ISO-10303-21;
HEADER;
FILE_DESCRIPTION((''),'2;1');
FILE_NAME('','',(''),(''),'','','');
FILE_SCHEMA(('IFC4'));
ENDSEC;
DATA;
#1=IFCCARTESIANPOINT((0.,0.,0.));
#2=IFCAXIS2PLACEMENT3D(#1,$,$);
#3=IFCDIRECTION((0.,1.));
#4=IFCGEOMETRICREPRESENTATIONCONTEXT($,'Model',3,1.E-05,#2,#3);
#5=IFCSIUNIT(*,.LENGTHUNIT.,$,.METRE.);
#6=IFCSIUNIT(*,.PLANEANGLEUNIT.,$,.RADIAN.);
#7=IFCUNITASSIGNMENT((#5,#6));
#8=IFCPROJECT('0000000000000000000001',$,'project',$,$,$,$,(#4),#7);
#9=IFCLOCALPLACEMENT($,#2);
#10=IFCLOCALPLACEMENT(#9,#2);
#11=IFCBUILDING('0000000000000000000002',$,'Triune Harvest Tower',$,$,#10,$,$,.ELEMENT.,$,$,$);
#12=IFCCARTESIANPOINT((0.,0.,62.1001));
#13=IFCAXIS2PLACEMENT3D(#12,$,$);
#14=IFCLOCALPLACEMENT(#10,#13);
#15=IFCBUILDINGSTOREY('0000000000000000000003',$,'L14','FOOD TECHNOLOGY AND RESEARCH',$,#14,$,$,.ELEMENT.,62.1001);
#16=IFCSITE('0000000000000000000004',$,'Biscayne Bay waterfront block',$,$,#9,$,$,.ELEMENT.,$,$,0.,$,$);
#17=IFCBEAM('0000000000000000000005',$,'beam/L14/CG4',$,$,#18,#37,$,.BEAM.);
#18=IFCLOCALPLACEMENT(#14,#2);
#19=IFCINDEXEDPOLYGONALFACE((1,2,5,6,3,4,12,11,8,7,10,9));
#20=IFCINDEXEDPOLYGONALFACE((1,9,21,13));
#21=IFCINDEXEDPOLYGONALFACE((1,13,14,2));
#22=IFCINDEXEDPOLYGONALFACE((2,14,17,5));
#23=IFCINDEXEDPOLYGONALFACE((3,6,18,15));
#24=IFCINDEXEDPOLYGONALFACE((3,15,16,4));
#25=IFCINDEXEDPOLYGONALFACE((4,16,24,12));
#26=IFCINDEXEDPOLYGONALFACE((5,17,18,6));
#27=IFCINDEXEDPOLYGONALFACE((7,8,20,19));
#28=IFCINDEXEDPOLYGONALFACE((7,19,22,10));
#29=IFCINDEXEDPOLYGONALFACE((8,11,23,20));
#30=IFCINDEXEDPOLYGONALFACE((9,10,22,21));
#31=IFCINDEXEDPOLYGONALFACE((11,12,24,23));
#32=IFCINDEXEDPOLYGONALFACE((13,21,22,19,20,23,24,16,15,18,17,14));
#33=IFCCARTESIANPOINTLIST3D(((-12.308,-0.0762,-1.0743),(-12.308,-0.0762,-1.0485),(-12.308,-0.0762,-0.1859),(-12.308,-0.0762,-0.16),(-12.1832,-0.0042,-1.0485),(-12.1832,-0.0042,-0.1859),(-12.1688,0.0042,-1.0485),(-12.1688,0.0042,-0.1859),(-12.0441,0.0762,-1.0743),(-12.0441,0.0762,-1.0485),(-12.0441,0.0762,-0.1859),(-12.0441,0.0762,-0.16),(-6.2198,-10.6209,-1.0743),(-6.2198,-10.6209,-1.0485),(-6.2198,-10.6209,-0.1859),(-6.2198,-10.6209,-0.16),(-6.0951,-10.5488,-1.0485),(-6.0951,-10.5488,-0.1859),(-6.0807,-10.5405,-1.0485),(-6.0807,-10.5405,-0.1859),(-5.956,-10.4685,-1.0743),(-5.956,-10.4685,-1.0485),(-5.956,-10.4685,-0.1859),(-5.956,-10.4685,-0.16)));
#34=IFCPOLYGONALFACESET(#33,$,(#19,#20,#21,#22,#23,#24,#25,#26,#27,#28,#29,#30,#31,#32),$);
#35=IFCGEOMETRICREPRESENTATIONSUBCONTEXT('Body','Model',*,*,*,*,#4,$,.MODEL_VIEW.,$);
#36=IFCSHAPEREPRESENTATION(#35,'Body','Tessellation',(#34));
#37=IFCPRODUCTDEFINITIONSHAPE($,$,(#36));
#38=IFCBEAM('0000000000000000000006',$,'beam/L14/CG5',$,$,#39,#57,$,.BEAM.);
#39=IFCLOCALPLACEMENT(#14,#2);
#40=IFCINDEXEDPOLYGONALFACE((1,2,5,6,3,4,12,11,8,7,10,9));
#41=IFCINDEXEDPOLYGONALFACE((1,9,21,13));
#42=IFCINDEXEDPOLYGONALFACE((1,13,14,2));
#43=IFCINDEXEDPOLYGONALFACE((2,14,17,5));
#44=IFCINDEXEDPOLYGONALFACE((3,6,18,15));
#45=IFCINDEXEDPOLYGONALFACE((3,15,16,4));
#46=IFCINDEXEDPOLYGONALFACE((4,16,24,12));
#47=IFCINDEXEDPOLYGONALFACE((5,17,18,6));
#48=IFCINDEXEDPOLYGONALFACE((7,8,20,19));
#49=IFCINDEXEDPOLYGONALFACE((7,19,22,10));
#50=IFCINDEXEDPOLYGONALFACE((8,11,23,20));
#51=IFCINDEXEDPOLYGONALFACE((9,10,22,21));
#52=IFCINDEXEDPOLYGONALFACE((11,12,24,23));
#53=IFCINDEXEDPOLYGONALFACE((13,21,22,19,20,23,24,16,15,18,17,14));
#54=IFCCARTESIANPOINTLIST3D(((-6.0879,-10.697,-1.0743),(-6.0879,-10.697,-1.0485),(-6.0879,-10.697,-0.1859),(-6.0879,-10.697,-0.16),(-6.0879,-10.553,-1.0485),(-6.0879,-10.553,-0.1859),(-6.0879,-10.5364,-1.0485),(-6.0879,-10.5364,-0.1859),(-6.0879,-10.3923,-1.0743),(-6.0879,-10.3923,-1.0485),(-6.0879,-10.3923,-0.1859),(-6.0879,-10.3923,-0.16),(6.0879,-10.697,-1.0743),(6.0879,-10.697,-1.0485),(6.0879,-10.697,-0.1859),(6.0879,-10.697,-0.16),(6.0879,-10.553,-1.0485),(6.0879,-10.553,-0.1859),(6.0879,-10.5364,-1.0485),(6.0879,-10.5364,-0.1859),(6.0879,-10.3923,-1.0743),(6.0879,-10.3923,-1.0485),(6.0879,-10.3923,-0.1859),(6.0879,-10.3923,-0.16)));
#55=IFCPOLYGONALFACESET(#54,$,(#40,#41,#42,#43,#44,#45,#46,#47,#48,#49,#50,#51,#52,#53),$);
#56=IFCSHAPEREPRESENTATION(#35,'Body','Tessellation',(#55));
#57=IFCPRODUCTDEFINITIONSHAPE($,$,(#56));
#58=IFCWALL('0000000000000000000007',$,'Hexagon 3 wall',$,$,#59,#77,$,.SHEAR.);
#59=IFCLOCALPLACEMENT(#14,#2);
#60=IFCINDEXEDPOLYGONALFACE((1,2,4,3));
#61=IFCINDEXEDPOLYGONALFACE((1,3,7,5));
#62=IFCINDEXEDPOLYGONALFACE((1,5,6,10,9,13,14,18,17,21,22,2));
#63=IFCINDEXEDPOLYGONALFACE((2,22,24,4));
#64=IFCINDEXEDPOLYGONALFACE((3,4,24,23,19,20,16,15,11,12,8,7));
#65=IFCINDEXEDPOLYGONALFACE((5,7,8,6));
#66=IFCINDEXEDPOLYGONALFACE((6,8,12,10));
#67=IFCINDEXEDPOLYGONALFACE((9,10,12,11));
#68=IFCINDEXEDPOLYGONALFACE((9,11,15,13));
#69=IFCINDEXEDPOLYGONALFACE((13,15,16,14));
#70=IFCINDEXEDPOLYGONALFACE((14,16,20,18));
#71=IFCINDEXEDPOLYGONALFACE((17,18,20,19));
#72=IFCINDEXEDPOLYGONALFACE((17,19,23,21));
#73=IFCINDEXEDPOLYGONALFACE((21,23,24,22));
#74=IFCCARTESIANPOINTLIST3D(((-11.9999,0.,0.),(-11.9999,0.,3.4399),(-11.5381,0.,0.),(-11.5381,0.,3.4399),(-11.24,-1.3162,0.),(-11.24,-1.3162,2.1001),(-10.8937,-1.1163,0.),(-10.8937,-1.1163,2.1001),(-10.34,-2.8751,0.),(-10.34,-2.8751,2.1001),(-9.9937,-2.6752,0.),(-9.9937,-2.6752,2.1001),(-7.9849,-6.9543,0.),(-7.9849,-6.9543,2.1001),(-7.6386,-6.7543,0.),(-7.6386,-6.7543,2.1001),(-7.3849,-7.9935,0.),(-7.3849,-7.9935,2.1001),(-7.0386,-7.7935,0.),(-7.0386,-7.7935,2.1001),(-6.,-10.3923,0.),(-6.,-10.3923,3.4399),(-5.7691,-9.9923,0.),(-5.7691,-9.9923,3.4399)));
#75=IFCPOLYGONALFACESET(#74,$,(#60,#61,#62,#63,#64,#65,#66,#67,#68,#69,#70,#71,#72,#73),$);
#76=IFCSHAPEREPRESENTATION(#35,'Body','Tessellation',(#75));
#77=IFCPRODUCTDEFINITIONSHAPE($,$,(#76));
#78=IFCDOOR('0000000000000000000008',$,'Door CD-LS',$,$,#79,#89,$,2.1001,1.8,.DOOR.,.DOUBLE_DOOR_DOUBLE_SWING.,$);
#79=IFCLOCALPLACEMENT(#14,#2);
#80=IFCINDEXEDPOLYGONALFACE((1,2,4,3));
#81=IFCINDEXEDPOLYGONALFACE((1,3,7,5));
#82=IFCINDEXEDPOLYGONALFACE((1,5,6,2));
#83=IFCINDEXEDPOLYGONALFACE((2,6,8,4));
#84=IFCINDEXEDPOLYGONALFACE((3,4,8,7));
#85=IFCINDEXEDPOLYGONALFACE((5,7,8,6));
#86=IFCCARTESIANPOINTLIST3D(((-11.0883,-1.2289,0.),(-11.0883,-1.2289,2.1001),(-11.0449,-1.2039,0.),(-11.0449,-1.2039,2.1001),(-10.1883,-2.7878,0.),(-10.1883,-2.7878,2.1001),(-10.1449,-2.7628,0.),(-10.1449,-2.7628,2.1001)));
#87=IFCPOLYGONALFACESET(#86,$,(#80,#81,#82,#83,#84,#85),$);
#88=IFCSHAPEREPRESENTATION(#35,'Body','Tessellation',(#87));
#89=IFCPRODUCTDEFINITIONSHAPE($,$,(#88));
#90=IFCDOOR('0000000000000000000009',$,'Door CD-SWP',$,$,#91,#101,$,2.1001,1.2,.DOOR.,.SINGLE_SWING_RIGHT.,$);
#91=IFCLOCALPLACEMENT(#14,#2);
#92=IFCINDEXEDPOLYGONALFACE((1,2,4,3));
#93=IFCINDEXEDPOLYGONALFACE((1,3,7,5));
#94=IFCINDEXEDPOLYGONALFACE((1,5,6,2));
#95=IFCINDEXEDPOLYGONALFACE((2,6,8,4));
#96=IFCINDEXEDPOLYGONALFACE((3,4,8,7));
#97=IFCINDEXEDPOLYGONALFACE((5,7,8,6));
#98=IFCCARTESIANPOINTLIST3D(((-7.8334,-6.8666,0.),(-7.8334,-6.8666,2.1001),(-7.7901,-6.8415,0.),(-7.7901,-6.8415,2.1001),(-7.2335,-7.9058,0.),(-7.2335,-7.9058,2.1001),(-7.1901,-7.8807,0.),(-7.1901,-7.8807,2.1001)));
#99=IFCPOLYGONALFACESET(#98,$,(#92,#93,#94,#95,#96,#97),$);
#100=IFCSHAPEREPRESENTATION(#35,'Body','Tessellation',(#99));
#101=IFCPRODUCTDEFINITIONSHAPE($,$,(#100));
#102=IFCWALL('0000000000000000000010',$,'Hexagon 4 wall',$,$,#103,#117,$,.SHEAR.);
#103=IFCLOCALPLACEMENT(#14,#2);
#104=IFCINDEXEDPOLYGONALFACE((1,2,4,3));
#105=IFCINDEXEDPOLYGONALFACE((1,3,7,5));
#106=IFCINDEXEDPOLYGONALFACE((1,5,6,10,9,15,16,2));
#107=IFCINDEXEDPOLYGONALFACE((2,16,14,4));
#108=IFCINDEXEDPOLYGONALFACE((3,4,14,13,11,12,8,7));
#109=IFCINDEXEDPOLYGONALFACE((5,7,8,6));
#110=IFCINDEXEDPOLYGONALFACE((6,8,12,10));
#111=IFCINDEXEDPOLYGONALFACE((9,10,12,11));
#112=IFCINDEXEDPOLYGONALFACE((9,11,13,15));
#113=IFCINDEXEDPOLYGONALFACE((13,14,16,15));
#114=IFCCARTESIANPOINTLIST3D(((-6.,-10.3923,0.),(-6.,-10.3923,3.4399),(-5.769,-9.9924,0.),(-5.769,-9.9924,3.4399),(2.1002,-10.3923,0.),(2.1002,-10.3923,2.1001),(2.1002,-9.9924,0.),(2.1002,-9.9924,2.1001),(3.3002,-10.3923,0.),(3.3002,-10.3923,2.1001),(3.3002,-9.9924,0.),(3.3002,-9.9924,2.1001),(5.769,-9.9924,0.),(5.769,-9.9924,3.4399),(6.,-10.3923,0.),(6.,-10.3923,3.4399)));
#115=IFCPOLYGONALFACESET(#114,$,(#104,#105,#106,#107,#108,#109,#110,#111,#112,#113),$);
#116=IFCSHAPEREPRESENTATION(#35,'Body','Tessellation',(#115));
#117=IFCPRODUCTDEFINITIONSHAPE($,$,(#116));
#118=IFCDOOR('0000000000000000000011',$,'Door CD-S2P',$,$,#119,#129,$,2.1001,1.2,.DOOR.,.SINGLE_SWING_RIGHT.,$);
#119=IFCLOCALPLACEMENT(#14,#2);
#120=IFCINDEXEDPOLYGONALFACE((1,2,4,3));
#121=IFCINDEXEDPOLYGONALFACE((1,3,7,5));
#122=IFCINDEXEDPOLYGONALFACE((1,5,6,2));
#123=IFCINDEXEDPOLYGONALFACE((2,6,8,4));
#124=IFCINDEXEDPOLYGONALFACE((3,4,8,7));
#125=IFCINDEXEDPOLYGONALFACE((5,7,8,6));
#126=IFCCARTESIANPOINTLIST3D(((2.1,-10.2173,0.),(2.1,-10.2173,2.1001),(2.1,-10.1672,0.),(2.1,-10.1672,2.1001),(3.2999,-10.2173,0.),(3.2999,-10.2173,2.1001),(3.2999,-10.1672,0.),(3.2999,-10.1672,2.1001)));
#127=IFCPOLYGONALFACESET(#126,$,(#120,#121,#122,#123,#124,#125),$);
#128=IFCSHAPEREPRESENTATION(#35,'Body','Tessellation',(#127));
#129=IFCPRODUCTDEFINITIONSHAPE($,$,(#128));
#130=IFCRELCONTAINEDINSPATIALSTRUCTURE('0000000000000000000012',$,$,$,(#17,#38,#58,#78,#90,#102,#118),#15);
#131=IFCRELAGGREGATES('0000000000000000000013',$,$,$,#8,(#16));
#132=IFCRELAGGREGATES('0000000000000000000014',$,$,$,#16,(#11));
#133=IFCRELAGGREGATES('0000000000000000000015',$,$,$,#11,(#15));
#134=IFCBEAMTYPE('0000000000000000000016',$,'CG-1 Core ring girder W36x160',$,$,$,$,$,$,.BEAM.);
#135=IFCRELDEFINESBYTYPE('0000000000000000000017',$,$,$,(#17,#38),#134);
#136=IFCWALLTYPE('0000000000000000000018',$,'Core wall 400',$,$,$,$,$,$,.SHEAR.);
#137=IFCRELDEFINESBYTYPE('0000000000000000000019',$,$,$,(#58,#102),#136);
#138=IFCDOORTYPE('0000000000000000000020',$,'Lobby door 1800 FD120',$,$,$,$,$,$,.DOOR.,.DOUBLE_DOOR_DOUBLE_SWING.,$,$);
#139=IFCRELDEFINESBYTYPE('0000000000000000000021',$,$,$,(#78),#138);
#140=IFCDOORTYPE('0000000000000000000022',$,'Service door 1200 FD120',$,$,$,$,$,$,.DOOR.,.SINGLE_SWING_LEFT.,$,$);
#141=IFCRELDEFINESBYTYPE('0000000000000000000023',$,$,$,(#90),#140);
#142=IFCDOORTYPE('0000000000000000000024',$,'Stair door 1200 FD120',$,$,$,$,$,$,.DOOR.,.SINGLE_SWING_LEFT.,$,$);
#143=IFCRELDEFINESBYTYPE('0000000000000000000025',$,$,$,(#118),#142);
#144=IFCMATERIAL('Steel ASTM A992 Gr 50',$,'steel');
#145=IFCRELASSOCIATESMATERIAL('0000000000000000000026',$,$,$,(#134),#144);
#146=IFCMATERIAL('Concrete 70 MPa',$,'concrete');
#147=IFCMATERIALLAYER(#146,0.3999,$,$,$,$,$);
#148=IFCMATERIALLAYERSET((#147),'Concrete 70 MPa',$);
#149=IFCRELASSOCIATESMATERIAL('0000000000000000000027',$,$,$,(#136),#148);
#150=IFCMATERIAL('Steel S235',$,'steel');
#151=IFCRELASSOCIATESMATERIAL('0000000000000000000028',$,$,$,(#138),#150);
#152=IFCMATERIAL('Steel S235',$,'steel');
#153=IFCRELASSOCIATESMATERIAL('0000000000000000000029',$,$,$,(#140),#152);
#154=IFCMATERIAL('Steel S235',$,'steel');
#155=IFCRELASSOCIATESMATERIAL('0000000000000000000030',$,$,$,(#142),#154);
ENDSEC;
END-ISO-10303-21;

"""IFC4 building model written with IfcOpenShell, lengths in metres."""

from ifc_helpers import new_model, si_unit, direction, frame, frame_2d, origin, origin_2d, place, context, subcontext, project, spatial, polyline, rectangle, i_section, outline, extrude, source, transform, mapped, material, layer, layer_set, material_profile, profile_set, type_object, element, fill, save


model = new_model("IFC4")

# Units and contexts
model_context = context("Model", 3, precision=1e-05, world=origin(), true_north=direction((0.0, 1.0)))
body_context = subcontext(model_context, "Body", "Model", "MODEL_VIEW")
ifc_project = project(units=[si_unit("LENGTHUNIT", "METRE"), si_unit("PLANEANGLEUNIT", "RADIAN")], contexts=[model_context])

# Site, building, storey
site_placement = place(None, origin())
site = spatial("IfcSite", under=ifc_project, at=site_placement, Name="Biscayne Bay waterfront block", CompositionType="ELEMENT", RefElevation=0.0)
building_placement = place(site_placement, origin())
building = spatial("IfcBuilding", under=site, at=building_placement, Name="Triune Harvest Tower", CompositionType="ELEMENT")
storey_placement = place(building_placement, frame((0.0, 0.0, 62.1001)))
storey = spatial("IfcBuildingStorey", under=building, at=storey_placement, Name="L14", Description="FOOD TECHNOLOGY AND RESEARCH", CompositionType="ELEMENT", Elevation=62.1001)

# Beams
ifc_material_1 = material(Name="Steel ASTM A992 Gr 50", Category="steel")
ifc_material_profile = material_profile(ifc_material_1, i_section(OverallWidth=0.3047, OverallDepth=0.9143, WebThickness=0.0166, FlangeThickness=0.0259, at=origin_2d()), Name="W36x160")
ifc_profile_set = profile_set([ifc_material_profile], Name="Steel ASTM A992 Gr 50")
beam_type = type_object("IfcBeamType", Name="CG-1 Core ring girder W36x160", PredefinedType="BEAM", material=ifc_profile_set)
shared_shape_1 = source(origin(), body_context, "Body", "SweptSolid", [
    extrude(i_section(OverallWidth=0.3047, OverallDepth=0.9143, WebThickness=0.0166, FlangeThickness=0.0259, at=origin_2d()), origin(), (0.0, 0.0, 1.0), 12.176),
])
beam_1_placement = place(storey_placement, frame((-12.176, 0.0, -0.6172), z_axis=(0.50001, -0.86602, 0.0), x_axis=(0.86602, 0.50001, 0.0)))
element("IfcBeam", 1, at=beam_1_placement, inside=storey, type_object=beam_type, Name="beam/L14/CG4", PredefinedType="BEAM", context=body_context, shape_type="MappedRepresentation", body=[
    mapped(shared_shape_1, transform((0.0, 0.0, 0.0), scale=1.0)),
])
shared_shape_2 = source(origin(), body_context, "Body", "SweptSolid", [
    extrude(i_section(OverallWidth=0.3047, OverallDepth=0.9143, WebThickness=0.0166, FlangeThickness=0.0259, at=origin_2d()), origin(), (0.0, 0.0, 1.0), 12.1758),
])
beam_2_placement = place(storey_placement, frame((-6.0879, -10.5447, -0.6172), z_axis=(1.0, 0.0, 0.0), x_axis=(0.0, 1.0, 0.0)))
element("IfcBeam", 2, at=beam_2_placement, inside=storey, type_object=beam_type, Name="beam/L14/CG5", PredefinedType="BEAM", context=body_context, shape_type="MappedRepresentation", body=[
    mapped(shared_shape_2, transform((0.0, 0.0, 0.0), scale=1.0)),
])

# Wall, openings, doors
ifc_material_2 = material(Name="Concrete 70 MPa", Category="concrete")
ifc_layer_1 = layer(ifc_material_2, 0.3999)
ifc_layer_set_1 = layer_set([ifc_layer_1], Name="Concrete 70 MPa")
wall_type_1 = type_object("IfcWallType", Name="Core wall 400", PredefinedType="SHEAR", material=ifc_layer_set_1)
shared_shape_3 = source(origin(), body_context, "Body", "SweptSolid", [
    extrude(outline(polyline([(-0.1155, -0.2), (11.8845, -0.2), (11.6536, 0.2), (0.1155, 0.2), (-0.1155, -0.2)])), origin(), (0.0, 0.0, 1.0), 3.4399),
])
wall_1_placement = place(storey_placement, frame((-11.769, 0.0, 0.0), z_axis=(0.0, 0.0, 1.0), x_axis=(0.499997, -0.866027, 0.0)))
wall_1 = element("IfcWall", 3, at=wall_1_placement, inside=storey, type_object=wall_type_1, Name="Hexagon 3 wall", PredefinedType="SHEAR", context=body_context, shape_type="MappedRepresentation", body=[
    mapped(shared_shape_3, transform((0.0, 0.0, 0.0), scale=1.0)),
])
opening_1_placement = place(wall_1_placement, frame((1.4045, 0.0, 0.0)))
opening_1 = element("IfcOpeningElement", 4, at=opening_1_placement, cuts=wall_1, PredefinedType="OPENING", context=body_context, shape_type="SweptSolid", body=[
    extrude(rectangle(XDim=1.8, YDim=2.1001, at=frame_2d((0.8999, 1.05))), frame((0.0, 0.21, 0.0), z_axis=(0.0, -1.0, 0.0), x_axis=(1.0, 0.0, 0.0)), (0.0, 0.0, 1.0), 0.4199),
])
opening_2_placement = place(wall_1_placement, frame((7.9146, 0.0, 0.0)))
opening_2 = element("IfcOpeningElement", 5, at=opening_2_placement, cuts=wall_1, PredefinedType="OPENING", context=body_context, shape_type="SweptSolid", body=[
    extrude(rectangle(XDim=1.2, YDim=2.1001, at=frame_2d((0.6001, 1.05))), frame((0.0, 0.21, 0.0), z_axis=(0.0, -1.0, 0.0), x_axis=(1.0, 0.0, 0.0)), (0.0, 0.0, 1.0), 0.4199),
])
ifc_material_3 = material(Name="Steel S235", Category="steel")
door_type_1 = type_object("IfcDoorType", Name="Lobby door 1800 FD120", OperationType="DOUBLE_DOOR_DOUBLE_SWING", PredefinedType="DOOR", material=ifc_material_3)
door_1_placement = place(opening_1_placement, frame((1.8, 0.0, 0.0), z_axis=(0.0, 0.0, 1.0), x_axis=(-1.0, 0.0, 0.0)))
door_1 = element("IfcDoor", 6, at=door_1_placement, inside=storey, type_object=door_type_1, Name="Door CD-LS", OperationType="DOUBLE_DOOR_DOUBLE_SWING", OverallHeight=2.1001, OverallWidth=1.8, PredefinedType="DOOR", context=body_context, shape_type="SweptSolid", body=[
    extrude(rectangle(XDim=1.8, YDim=2.1001, at=frame_2d((0.8999, 1.05))), frame((0.0, 0.0249, 0.0), z_axis=(0.0, -1.0, 0.0), x_axis=(1.0, 0.0, 0.0)), (0.0, 0.0, 1.0), 0.05),
])
fill(opening_1, door_1)
ifc_material_4 = material(Name="Steel S235", Category="steel")
door_type_2 = type_object("IfcDoorType", Name="Service door 1200 FD120", OperationType="SINGLE_SWING_LEFT", PredefinedType="DOOR", material=ifc_material_4)
door_2_placement = place(opening_2_placement, frame((1.2, 0.0, 0.0), z_axis=(0.0, 0.0, 1.0), x_axis=(-1.0, 0.0, 0.0)))
door_2 = element("IfcDoor", 7, at=door_2_placement, inside=storey, type_object=door_type_2, Name="Door CD-SWP", OperationType="SINGLE_SWING_RIGHT", OverallHeight=2.1001, OverallWidth=1.2, PredefinedType="DOOR", context=body_context, shape_type="SweptSolid", body=[
    extrude(rectangle(XDim=1.2, YDim=2.1001, at=frame_2d((0.6001, 1.05))), frame((0.0, 0.0249, 0.0), z_axis=(0.0, -1.0, 0.0), x_axis=(1.0, 0.0, 0.0)), (0.0, 0.0, 1.0), 0.05),
])
fill(opening_2, door_2)

# Wall, opening, door
wall_2_placement = place(storey_placement, frame((-5.8845, -10.1924, 0.0), z_axis=(0.0, 0.0, 1.0), x_axis=(1.0, 0.0, 0.0)))
wall_2 = element("IfcWall", 8, at=wall_2_placement, inside=storey, type_object=wall_type_1, Name="Hexagon 4 wall", PredefinedType="SHEAR", context=body_context, shape_type="MappedRepresentation", body=[
    mapped(shared_shape_3, transform((0.0, 0.0, 0.0), scale=1.0)),
])
opening_3_placement = place(wall_2_placement, frame((7.9846, 0.0, 0.0)))
opening_3 = element("IfcOpeningElement", 9, at=opening_3_placement, cuts=wall_2, PredefinedType="OPENING", context=body_context, shape_type="SweptSolid", body=[
    extrude(rectangle(XDim=1.2, YDim=2.1001, at=frame_2d((0.6001, 1.05))), frame((0.0, 0.21, 0.0), z_axis=(0.0, -1.0, 0.0), x_axis=(1.0, 0.0, 0.0)), (0.0, 0.0, 1.0), 0.4199),
])
ifc_material_5 = material(Name="Steel S235", Category="steel")
door_type_3 = type_object("IfcDoorType", Name="Stair door 1200 FD120", OperationType="SINGLE_SWING_LEFT", PredefinedType="DOOR", material=ifc_material_5)
door_3_placement = place(opening_3_placement, frame((1.2, 0.0, 0.0), z_axis=(0.0, 0.0, 1.0), x_axis=(-1.0, 0.0, 0.0)))
door_3 = element("IfcDoor", 10, at=door_3_placement, inside=storey, type_object=door_type_3, Name="Door CD-S2P", OperationType="SINGLE_SWING_RIGHT", OverallHeight=2.1001, OverallWidth=1.2, PredefinedType="DOOR", context=body_context, shape_type="SweptSolid", body=[
    extrude(rectangle(XDim=1.2, YDim=2.1001, at=frame_2d((0.6001, 1.05))), frame((0.0, 0.0249, 0.0), z_axis=(0.0, -1.0, 0.0), x_axis=(1.0, 0.0, 0.0)), (0.0, 0.0, 1.0), 0.05),
])
fill(opening_3, door_3)

save(model, "model.ifc")
